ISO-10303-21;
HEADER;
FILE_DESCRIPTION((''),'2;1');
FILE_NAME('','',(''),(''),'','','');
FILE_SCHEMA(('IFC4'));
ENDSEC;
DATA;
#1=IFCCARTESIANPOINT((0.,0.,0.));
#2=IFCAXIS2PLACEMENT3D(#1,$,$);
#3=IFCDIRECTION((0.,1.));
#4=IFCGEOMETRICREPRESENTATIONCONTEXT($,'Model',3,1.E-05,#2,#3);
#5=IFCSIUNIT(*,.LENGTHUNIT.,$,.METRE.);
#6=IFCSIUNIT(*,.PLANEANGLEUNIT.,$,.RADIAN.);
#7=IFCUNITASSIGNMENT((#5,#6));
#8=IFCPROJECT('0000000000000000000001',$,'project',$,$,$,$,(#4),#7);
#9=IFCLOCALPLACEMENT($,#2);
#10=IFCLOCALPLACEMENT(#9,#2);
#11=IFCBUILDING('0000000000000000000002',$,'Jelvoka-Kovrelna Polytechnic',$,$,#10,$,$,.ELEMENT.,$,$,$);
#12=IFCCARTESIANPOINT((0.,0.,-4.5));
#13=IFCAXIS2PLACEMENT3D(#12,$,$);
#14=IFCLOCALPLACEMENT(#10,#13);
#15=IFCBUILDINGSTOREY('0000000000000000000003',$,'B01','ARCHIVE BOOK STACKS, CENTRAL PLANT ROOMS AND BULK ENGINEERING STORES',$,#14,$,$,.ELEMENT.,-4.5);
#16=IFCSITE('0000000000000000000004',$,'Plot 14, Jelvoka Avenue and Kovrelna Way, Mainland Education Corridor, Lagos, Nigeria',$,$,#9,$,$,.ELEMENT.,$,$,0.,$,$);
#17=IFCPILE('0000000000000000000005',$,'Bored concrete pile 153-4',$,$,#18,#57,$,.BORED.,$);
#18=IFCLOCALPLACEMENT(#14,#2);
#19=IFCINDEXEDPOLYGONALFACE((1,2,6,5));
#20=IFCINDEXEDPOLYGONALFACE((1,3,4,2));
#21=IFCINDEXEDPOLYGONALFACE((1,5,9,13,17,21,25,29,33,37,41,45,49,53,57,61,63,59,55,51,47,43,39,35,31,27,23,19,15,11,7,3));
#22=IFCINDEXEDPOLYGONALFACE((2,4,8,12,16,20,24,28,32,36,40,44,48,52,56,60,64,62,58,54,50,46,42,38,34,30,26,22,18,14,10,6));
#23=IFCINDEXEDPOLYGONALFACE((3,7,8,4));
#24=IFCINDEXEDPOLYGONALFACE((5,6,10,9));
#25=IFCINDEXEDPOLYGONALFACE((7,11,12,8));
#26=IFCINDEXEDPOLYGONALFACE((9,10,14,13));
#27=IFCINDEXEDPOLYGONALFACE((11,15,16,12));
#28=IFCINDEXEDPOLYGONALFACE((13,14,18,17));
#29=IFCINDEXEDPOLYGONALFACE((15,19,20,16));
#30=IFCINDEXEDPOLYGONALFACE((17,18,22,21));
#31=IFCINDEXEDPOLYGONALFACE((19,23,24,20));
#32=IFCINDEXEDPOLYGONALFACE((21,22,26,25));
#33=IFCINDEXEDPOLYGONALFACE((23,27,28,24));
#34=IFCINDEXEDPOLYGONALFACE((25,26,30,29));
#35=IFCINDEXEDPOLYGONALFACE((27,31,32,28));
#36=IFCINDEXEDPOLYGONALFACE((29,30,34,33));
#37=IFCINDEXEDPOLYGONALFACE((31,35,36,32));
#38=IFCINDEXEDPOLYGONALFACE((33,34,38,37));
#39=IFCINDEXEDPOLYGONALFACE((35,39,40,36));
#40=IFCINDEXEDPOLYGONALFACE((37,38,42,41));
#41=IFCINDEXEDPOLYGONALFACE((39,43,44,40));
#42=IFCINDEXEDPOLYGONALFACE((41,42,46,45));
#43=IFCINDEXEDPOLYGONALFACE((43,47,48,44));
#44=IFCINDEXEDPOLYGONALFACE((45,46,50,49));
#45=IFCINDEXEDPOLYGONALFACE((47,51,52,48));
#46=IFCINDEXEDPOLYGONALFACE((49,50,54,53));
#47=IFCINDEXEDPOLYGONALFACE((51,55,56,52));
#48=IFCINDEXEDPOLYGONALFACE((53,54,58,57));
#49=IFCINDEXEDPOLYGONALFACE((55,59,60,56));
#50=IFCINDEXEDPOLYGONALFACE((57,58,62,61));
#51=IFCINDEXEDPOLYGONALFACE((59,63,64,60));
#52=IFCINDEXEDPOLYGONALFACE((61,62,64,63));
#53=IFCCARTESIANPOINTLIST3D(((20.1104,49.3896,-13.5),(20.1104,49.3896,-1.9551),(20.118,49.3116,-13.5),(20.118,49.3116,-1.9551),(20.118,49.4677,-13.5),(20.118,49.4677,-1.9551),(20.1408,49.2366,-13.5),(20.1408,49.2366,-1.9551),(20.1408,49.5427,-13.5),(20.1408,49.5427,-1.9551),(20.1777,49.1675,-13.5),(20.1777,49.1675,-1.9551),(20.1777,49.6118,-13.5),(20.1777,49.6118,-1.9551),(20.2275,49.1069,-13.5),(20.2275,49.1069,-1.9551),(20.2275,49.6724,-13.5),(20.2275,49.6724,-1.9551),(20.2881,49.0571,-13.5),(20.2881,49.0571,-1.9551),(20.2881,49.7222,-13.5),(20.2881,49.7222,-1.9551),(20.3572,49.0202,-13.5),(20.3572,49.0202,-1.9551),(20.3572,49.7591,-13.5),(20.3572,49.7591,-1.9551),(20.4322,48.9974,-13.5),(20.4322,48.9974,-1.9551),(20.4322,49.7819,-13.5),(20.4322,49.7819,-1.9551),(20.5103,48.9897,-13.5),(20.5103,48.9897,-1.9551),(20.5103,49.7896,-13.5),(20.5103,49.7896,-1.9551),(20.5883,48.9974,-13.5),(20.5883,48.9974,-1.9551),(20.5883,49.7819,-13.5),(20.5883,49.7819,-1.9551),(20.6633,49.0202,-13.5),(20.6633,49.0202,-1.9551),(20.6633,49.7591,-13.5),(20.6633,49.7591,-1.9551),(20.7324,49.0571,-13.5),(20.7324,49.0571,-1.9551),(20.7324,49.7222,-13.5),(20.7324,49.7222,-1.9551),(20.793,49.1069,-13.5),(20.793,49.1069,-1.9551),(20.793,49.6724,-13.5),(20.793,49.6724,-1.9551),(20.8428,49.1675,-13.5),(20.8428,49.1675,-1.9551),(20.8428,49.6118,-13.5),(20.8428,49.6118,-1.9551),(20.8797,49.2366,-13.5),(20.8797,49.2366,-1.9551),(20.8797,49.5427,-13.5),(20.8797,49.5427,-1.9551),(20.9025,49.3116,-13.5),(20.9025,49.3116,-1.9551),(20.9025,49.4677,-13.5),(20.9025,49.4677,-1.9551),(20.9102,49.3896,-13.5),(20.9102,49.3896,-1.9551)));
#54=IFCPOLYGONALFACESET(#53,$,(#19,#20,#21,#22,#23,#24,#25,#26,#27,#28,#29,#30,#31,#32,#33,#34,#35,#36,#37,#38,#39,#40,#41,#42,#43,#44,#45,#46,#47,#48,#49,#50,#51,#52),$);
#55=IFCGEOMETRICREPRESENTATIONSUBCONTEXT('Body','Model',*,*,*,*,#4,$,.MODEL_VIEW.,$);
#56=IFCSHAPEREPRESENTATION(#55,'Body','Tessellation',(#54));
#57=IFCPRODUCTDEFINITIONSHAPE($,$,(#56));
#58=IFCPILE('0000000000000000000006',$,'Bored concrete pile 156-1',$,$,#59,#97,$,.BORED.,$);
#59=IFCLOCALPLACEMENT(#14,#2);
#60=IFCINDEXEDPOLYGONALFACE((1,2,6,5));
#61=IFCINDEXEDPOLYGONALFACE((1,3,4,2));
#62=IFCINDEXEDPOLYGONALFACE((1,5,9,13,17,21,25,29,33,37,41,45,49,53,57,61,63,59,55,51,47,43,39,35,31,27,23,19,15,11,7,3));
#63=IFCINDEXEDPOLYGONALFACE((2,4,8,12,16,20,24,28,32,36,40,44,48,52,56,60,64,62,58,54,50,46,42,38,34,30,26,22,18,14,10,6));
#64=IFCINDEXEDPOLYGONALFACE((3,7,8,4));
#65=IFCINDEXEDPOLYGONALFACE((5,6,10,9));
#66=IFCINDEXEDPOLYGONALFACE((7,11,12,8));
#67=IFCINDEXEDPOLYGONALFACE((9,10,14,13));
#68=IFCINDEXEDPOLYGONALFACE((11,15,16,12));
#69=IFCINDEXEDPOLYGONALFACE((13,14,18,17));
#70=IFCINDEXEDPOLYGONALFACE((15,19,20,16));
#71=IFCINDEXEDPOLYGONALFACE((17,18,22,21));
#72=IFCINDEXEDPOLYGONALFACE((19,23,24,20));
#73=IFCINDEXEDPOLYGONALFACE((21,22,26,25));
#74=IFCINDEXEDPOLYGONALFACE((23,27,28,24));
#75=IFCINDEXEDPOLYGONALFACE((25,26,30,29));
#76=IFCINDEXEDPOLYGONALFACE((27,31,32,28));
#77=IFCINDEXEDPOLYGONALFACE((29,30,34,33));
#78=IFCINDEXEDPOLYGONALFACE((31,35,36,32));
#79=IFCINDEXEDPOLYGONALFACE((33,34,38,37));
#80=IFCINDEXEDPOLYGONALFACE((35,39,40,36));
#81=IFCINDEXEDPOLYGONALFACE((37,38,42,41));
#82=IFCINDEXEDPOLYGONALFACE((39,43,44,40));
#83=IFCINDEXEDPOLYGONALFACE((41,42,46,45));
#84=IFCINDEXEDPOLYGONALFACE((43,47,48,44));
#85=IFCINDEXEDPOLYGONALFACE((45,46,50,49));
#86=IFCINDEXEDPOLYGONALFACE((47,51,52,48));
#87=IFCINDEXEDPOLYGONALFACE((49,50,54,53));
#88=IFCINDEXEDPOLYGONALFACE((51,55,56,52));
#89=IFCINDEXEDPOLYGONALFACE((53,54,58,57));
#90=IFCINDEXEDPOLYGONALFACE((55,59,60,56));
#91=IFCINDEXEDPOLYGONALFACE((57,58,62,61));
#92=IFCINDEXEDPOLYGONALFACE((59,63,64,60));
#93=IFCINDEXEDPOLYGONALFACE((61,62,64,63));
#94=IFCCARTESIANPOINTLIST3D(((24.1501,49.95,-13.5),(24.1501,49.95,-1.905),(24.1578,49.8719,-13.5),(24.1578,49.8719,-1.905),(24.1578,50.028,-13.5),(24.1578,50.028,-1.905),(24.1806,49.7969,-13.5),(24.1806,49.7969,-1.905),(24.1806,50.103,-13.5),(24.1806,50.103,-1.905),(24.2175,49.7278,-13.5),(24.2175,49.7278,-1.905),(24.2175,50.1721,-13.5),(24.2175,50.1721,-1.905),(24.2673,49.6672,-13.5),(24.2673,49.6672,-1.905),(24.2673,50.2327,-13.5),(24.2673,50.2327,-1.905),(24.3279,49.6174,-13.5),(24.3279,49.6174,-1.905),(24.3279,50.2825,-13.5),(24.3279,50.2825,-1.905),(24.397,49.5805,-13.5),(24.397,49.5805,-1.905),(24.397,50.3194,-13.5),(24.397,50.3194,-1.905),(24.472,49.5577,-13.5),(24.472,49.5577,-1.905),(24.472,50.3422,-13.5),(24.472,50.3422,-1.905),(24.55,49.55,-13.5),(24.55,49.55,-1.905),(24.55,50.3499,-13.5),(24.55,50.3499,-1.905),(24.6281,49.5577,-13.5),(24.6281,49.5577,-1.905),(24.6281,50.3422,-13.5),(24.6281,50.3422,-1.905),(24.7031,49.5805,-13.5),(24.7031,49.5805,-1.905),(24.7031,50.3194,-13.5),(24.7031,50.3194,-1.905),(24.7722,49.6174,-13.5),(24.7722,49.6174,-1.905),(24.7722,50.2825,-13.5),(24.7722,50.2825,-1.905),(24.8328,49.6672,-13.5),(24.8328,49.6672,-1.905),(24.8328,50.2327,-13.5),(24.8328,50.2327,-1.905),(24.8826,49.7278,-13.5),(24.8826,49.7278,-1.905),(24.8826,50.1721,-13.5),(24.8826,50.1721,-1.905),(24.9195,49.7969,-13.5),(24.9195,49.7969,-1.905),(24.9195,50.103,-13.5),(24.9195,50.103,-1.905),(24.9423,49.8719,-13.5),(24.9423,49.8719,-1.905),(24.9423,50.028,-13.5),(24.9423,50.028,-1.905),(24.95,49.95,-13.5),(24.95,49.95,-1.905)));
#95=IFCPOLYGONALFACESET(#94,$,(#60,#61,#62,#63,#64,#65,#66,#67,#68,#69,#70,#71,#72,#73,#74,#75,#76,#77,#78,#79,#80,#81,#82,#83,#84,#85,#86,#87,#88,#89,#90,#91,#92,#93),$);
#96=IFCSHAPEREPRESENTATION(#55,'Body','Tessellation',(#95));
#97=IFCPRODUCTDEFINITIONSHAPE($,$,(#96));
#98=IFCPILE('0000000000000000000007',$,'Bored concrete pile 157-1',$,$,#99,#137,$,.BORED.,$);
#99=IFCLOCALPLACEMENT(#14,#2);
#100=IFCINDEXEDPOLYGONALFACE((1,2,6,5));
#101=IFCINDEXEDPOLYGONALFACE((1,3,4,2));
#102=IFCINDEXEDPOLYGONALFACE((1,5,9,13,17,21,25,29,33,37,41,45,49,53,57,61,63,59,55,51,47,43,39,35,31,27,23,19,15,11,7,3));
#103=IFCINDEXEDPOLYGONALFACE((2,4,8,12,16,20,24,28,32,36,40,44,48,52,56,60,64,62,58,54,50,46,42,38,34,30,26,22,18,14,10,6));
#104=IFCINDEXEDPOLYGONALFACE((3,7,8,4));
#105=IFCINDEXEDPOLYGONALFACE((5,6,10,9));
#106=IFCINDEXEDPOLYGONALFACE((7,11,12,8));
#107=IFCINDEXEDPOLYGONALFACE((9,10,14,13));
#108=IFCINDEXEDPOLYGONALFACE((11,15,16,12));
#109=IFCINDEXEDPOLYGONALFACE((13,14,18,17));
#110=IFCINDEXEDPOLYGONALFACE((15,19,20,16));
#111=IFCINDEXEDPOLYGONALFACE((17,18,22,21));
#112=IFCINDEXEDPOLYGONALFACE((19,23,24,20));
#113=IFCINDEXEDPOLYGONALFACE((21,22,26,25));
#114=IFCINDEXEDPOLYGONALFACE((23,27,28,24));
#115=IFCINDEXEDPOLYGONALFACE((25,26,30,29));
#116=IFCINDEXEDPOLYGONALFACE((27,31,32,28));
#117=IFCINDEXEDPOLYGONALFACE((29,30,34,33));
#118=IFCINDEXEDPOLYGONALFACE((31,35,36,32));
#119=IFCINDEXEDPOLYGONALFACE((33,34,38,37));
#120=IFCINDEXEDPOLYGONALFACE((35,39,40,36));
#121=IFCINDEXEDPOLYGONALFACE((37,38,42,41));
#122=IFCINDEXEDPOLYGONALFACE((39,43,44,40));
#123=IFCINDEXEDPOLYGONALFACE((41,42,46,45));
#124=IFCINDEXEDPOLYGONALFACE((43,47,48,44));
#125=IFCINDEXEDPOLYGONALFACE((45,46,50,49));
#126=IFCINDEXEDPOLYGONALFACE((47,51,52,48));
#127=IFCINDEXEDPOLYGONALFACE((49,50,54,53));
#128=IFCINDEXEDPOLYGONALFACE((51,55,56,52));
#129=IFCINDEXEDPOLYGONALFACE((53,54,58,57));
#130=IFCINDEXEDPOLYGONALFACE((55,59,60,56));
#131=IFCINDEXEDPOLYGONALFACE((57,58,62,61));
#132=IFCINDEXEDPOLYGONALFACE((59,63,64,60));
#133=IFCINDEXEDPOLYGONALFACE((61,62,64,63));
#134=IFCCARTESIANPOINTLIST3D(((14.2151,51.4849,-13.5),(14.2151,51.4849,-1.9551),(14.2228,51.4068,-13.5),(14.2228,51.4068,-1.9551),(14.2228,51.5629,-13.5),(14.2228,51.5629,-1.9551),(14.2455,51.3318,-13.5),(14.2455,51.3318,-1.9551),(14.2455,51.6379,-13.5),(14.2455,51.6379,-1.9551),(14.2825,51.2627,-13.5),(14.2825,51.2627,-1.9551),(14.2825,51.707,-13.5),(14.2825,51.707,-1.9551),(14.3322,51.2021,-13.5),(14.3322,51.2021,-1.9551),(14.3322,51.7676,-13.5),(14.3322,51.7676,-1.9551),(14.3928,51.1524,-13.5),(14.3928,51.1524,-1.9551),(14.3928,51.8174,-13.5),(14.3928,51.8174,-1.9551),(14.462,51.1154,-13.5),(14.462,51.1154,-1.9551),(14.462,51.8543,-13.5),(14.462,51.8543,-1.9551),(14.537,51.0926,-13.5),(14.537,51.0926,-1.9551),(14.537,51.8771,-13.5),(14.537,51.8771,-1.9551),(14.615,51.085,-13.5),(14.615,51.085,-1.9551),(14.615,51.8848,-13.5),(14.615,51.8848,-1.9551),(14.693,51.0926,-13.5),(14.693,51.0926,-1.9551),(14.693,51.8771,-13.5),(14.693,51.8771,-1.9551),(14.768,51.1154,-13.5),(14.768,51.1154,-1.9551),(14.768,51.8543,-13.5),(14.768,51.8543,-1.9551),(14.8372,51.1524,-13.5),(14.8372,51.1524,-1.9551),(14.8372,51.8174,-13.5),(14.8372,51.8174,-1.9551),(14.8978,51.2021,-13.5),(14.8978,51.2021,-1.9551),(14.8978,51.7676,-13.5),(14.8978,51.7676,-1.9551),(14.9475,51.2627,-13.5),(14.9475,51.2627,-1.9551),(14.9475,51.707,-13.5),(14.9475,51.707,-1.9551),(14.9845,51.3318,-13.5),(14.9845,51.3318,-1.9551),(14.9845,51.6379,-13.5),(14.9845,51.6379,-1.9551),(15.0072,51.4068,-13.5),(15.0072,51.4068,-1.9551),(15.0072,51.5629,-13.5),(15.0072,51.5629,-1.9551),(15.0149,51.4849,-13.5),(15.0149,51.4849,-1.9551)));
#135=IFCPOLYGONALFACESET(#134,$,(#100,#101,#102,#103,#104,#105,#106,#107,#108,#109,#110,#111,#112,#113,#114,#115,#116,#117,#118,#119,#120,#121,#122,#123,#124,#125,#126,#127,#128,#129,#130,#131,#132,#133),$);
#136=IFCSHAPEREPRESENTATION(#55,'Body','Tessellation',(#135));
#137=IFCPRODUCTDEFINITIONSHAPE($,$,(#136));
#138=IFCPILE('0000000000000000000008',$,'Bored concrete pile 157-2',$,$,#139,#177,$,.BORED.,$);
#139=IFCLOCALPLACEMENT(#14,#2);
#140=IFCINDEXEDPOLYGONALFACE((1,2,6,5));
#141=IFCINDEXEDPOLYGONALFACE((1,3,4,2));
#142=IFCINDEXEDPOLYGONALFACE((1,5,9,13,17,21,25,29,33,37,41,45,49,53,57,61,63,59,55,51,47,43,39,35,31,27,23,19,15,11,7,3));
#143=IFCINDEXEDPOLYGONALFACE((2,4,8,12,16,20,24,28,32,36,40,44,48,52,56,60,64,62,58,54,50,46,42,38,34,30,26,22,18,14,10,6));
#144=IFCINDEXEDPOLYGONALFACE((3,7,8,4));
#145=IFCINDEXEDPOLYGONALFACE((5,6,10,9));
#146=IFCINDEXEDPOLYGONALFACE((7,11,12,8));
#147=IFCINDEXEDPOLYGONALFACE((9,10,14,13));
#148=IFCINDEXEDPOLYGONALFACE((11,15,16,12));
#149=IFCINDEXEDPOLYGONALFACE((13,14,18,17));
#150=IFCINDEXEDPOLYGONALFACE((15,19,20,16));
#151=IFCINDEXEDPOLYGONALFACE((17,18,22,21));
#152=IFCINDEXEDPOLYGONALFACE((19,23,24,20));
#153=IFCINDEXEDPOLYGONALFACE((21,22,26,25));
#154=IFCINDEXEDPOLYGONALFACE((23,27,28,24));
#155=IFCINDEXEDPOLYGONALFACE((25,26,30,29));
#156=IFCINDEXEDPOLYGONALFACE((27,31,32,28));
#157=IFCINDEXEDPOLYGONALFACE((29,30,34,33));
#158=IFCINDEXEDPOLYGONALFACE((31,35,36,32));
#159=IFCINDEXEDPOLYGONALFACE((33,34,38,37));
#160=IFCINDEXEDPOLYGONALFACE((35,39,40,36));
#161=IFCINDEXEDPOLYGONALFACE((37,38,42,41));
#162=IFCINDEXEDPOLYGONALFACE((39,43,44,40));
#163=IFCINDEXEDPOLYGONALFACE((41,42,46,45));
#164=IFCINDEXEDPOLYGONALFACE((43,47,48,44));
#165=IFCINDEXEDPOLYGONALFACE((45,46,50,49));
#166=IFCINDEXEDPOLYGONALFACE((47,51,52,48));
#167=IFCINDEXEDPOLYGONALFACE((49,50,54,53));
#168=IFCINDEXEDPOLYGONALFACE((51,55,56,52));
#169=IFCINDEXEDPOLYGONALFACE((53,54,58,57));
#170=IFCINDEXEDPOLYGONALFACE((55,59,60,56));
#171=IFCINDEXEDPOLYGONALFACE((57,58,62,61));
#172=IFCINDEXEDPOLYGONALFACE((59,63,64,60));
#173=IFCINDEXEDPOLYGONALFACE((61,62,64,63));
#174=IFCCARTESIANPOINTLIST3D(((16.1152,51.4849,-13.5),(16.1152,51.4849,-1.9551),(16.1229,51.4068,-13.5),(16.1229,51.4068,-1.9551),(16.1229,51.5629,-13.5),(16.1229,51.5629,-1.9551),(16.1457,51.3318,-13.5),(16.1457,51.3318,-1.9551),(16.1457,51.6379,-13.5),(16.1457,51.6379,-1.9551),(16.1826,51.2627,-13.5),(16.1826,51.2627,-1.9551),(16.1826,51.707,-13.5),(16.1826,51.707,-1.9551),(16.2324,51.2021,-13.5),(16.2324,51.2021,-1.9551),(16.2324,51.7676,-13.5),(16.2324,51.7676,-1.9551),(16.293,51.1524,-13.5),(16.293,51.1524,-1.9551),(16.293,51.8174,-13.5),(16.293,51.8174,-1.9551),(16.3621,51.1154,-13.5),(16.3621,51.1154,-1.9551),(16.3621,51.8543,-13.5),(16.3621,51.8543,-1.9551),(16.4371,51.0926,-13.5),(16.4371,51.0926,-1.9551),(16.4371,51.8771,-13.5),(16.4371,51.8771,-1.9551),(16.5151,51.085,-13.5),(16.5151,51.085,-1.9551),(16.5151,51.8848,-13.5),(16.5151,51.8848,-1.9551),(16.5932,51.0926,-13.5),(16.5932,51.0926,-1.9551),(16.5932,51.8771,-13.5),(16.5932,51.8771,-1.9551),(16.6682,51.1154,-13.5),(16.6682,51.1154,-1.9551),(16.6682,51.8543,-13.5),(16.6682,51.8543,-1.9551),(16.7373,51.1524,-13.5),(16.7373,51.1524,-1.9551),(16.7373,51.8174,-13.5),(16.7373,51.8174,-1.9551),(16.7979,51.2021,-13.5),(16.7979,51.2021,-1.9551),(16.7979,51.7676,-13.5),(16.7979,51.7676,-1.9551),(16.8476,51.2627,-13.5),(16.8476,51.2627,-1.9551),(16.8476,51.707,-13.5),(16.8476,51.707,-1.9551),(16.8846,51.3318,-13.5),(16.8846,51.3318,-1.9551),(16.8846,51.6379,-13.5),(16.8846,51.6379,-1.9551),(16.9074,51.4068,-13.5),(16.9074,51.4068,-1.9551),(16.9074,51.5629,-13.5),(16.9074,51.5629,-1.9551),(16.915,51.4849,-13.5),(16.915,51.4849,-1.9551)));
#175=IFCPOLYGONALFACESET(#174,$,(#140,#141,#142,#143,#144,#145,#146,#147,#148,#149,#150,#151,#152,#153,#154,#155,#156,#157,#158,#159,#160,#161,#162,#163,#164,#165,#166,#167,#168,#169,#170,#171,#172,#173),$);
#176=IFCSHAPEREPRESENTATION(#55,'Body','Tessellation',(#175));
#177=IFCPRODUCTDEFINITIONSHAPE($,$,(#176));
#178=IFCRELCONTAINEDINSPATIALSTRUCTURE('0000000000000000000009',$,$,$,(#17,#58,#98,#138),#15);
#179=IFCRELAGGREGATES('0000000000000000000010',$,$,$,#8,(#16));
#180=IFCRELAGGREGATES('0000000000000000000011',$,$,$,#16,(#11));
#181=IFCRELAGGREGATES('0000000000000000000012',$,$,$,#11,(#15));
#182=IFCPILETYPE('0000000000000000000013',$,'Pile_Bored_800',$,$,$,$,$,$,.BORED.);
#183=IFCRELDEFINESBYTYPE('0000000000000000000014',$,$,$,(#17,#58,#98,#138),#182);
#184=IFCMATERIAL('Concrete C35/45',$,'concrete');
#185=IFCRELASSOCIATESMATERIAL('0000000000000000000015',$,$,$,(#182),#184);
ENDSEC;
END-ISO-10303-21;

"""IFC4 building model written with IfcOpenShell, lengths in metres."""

from ifc_helpers import new_model, si_unit, direction, frame, origin, origin_2d, place, context, subcontext, project, spatial, circle, extrude, material, material_profile, profile_set, type_object, element, save


model = new_model("IFC4")

# Units and contexts
model_context = context("Model", 3, precision=1e-05, world=origin(), true_north=direction((0.0, 1.0)))
body_context = subcontext(model_context, "Body", "Model", "MODEL_VIEW")
ifc_project = project(units=[si_unit("LENGTHUNIT", "METRE"), si_unit("PLANEANGLEUNIT", "RADIAN")], contexts=[model_context])

# Site, building, storey
site_placement = place(None, origin())
site = spatial("IfcSite", under=ifc_project, at=site_placement, Name="Plot 14, Jelvoka Avenue and Kovrelna Way, Mainland Education Corridor, Lagos, Nigeria", CompositionType="ELEMENT", RefElevation=0.0)
building_placement = place(site_placement, origin())
building = spatial("IfcBuilding", under=site, at=building_placement, Name="Jelvoka-Kovrelna Polytechnic", CompositionType="ELEMENT")
storey_placement = place(building_placement, frame((0.0, 0.0, -4.5)))
storey = spatial("IfcBuildingStorey", under=building, at=storey_placement, Name="B01", Description="ARCHIVE BOOK STACKS, CENTRAL PLANT ROOMS AND BULK ENGINEERING STORES", CompositionType="ELEMENT", Elevation=-4.5)

# Piles
ifc_material_1 = material(Name="Concrete C35/45", Category="concrete")
ifc_material_profile_1 = material_profile(ifc_material_1, circle(Radius=0.3999, at=origin_2d()), Name="PILE D800")
ifc_profile_set_1 = profile_set([ifc_material_profile_1], Name="Concrete C35/45")
pile_type = type_object("IfcPileType", Name="Pile_Bored_800", PredefinedType="BORED", material=ifc_profile_set_1)
for number, where, z_axis, x_axis, name in (
    (1, (20.5103, 49.3896, -1.9551), (0.0, 0.0, -1.0), (1.0, 0.0, 0.0), "Bored concrete pile 153-4"),
):
    element("IfcPile", number, at=place(storey_placement, frame(where, z_axis=z_axis, x_axis=x_axis)), inside=storey, type_object=pile_type, Name=name, PredefinedType="BORED", context=body_context, shape_type="SweptSolid", body=[
        extrude(circle(Radius=0.3999, at=origin_2d()), origin(), (0.0, 0.0, 1.0), 11.5449),
    ])
pile_placement = place(storey_placement, frame((24.55, 49.95, -1.905), z_axis=(0.0, 0.0, -1.0), x_axis=(1.0, 0.0, 0.0)))
element("IfcPile", 2, at=pile_placement, inside=storey, type_object=pile_type, Name="Bored concrete pile 156-1", PredefinedType="BORED", context=body_context, shape_type="SweptSolid", body=[
    extrude(circle(Radius=0.3999, at=origin_2d()), origin(), (0.0, 0.0, 1.0), 11.595),
])
for number, where, z_axis, x_axis, name in (
    (3, (14.615, 51.4849, -1.9551), (0.0, 0.0, -1.0), (1.0, 0.0, 0.0), "Bored concrete pile 157-1"),
    (4, (16.5151, 51.4849, -1.9551), (0.0, 0.0, -1.0), (1.0, 0.0, 0.0), "Bored concrete pile 157-2"),
):
    element("IfcPile", number, at=place(storey_placement, frame(where, z_axis=z_axis, x_axis=x_axis)), inside=storey, type_object=pile_type, Name=name, PredefinedType="BORED", context=body_context, shape_type="SweptSolid", body=[
        extrude(circle(Radius=0.3999, at=origin_2d()), origin(), (0.0, 0.0, 1.0), 11.5449),
    ])

save(model, "model.ifc")
